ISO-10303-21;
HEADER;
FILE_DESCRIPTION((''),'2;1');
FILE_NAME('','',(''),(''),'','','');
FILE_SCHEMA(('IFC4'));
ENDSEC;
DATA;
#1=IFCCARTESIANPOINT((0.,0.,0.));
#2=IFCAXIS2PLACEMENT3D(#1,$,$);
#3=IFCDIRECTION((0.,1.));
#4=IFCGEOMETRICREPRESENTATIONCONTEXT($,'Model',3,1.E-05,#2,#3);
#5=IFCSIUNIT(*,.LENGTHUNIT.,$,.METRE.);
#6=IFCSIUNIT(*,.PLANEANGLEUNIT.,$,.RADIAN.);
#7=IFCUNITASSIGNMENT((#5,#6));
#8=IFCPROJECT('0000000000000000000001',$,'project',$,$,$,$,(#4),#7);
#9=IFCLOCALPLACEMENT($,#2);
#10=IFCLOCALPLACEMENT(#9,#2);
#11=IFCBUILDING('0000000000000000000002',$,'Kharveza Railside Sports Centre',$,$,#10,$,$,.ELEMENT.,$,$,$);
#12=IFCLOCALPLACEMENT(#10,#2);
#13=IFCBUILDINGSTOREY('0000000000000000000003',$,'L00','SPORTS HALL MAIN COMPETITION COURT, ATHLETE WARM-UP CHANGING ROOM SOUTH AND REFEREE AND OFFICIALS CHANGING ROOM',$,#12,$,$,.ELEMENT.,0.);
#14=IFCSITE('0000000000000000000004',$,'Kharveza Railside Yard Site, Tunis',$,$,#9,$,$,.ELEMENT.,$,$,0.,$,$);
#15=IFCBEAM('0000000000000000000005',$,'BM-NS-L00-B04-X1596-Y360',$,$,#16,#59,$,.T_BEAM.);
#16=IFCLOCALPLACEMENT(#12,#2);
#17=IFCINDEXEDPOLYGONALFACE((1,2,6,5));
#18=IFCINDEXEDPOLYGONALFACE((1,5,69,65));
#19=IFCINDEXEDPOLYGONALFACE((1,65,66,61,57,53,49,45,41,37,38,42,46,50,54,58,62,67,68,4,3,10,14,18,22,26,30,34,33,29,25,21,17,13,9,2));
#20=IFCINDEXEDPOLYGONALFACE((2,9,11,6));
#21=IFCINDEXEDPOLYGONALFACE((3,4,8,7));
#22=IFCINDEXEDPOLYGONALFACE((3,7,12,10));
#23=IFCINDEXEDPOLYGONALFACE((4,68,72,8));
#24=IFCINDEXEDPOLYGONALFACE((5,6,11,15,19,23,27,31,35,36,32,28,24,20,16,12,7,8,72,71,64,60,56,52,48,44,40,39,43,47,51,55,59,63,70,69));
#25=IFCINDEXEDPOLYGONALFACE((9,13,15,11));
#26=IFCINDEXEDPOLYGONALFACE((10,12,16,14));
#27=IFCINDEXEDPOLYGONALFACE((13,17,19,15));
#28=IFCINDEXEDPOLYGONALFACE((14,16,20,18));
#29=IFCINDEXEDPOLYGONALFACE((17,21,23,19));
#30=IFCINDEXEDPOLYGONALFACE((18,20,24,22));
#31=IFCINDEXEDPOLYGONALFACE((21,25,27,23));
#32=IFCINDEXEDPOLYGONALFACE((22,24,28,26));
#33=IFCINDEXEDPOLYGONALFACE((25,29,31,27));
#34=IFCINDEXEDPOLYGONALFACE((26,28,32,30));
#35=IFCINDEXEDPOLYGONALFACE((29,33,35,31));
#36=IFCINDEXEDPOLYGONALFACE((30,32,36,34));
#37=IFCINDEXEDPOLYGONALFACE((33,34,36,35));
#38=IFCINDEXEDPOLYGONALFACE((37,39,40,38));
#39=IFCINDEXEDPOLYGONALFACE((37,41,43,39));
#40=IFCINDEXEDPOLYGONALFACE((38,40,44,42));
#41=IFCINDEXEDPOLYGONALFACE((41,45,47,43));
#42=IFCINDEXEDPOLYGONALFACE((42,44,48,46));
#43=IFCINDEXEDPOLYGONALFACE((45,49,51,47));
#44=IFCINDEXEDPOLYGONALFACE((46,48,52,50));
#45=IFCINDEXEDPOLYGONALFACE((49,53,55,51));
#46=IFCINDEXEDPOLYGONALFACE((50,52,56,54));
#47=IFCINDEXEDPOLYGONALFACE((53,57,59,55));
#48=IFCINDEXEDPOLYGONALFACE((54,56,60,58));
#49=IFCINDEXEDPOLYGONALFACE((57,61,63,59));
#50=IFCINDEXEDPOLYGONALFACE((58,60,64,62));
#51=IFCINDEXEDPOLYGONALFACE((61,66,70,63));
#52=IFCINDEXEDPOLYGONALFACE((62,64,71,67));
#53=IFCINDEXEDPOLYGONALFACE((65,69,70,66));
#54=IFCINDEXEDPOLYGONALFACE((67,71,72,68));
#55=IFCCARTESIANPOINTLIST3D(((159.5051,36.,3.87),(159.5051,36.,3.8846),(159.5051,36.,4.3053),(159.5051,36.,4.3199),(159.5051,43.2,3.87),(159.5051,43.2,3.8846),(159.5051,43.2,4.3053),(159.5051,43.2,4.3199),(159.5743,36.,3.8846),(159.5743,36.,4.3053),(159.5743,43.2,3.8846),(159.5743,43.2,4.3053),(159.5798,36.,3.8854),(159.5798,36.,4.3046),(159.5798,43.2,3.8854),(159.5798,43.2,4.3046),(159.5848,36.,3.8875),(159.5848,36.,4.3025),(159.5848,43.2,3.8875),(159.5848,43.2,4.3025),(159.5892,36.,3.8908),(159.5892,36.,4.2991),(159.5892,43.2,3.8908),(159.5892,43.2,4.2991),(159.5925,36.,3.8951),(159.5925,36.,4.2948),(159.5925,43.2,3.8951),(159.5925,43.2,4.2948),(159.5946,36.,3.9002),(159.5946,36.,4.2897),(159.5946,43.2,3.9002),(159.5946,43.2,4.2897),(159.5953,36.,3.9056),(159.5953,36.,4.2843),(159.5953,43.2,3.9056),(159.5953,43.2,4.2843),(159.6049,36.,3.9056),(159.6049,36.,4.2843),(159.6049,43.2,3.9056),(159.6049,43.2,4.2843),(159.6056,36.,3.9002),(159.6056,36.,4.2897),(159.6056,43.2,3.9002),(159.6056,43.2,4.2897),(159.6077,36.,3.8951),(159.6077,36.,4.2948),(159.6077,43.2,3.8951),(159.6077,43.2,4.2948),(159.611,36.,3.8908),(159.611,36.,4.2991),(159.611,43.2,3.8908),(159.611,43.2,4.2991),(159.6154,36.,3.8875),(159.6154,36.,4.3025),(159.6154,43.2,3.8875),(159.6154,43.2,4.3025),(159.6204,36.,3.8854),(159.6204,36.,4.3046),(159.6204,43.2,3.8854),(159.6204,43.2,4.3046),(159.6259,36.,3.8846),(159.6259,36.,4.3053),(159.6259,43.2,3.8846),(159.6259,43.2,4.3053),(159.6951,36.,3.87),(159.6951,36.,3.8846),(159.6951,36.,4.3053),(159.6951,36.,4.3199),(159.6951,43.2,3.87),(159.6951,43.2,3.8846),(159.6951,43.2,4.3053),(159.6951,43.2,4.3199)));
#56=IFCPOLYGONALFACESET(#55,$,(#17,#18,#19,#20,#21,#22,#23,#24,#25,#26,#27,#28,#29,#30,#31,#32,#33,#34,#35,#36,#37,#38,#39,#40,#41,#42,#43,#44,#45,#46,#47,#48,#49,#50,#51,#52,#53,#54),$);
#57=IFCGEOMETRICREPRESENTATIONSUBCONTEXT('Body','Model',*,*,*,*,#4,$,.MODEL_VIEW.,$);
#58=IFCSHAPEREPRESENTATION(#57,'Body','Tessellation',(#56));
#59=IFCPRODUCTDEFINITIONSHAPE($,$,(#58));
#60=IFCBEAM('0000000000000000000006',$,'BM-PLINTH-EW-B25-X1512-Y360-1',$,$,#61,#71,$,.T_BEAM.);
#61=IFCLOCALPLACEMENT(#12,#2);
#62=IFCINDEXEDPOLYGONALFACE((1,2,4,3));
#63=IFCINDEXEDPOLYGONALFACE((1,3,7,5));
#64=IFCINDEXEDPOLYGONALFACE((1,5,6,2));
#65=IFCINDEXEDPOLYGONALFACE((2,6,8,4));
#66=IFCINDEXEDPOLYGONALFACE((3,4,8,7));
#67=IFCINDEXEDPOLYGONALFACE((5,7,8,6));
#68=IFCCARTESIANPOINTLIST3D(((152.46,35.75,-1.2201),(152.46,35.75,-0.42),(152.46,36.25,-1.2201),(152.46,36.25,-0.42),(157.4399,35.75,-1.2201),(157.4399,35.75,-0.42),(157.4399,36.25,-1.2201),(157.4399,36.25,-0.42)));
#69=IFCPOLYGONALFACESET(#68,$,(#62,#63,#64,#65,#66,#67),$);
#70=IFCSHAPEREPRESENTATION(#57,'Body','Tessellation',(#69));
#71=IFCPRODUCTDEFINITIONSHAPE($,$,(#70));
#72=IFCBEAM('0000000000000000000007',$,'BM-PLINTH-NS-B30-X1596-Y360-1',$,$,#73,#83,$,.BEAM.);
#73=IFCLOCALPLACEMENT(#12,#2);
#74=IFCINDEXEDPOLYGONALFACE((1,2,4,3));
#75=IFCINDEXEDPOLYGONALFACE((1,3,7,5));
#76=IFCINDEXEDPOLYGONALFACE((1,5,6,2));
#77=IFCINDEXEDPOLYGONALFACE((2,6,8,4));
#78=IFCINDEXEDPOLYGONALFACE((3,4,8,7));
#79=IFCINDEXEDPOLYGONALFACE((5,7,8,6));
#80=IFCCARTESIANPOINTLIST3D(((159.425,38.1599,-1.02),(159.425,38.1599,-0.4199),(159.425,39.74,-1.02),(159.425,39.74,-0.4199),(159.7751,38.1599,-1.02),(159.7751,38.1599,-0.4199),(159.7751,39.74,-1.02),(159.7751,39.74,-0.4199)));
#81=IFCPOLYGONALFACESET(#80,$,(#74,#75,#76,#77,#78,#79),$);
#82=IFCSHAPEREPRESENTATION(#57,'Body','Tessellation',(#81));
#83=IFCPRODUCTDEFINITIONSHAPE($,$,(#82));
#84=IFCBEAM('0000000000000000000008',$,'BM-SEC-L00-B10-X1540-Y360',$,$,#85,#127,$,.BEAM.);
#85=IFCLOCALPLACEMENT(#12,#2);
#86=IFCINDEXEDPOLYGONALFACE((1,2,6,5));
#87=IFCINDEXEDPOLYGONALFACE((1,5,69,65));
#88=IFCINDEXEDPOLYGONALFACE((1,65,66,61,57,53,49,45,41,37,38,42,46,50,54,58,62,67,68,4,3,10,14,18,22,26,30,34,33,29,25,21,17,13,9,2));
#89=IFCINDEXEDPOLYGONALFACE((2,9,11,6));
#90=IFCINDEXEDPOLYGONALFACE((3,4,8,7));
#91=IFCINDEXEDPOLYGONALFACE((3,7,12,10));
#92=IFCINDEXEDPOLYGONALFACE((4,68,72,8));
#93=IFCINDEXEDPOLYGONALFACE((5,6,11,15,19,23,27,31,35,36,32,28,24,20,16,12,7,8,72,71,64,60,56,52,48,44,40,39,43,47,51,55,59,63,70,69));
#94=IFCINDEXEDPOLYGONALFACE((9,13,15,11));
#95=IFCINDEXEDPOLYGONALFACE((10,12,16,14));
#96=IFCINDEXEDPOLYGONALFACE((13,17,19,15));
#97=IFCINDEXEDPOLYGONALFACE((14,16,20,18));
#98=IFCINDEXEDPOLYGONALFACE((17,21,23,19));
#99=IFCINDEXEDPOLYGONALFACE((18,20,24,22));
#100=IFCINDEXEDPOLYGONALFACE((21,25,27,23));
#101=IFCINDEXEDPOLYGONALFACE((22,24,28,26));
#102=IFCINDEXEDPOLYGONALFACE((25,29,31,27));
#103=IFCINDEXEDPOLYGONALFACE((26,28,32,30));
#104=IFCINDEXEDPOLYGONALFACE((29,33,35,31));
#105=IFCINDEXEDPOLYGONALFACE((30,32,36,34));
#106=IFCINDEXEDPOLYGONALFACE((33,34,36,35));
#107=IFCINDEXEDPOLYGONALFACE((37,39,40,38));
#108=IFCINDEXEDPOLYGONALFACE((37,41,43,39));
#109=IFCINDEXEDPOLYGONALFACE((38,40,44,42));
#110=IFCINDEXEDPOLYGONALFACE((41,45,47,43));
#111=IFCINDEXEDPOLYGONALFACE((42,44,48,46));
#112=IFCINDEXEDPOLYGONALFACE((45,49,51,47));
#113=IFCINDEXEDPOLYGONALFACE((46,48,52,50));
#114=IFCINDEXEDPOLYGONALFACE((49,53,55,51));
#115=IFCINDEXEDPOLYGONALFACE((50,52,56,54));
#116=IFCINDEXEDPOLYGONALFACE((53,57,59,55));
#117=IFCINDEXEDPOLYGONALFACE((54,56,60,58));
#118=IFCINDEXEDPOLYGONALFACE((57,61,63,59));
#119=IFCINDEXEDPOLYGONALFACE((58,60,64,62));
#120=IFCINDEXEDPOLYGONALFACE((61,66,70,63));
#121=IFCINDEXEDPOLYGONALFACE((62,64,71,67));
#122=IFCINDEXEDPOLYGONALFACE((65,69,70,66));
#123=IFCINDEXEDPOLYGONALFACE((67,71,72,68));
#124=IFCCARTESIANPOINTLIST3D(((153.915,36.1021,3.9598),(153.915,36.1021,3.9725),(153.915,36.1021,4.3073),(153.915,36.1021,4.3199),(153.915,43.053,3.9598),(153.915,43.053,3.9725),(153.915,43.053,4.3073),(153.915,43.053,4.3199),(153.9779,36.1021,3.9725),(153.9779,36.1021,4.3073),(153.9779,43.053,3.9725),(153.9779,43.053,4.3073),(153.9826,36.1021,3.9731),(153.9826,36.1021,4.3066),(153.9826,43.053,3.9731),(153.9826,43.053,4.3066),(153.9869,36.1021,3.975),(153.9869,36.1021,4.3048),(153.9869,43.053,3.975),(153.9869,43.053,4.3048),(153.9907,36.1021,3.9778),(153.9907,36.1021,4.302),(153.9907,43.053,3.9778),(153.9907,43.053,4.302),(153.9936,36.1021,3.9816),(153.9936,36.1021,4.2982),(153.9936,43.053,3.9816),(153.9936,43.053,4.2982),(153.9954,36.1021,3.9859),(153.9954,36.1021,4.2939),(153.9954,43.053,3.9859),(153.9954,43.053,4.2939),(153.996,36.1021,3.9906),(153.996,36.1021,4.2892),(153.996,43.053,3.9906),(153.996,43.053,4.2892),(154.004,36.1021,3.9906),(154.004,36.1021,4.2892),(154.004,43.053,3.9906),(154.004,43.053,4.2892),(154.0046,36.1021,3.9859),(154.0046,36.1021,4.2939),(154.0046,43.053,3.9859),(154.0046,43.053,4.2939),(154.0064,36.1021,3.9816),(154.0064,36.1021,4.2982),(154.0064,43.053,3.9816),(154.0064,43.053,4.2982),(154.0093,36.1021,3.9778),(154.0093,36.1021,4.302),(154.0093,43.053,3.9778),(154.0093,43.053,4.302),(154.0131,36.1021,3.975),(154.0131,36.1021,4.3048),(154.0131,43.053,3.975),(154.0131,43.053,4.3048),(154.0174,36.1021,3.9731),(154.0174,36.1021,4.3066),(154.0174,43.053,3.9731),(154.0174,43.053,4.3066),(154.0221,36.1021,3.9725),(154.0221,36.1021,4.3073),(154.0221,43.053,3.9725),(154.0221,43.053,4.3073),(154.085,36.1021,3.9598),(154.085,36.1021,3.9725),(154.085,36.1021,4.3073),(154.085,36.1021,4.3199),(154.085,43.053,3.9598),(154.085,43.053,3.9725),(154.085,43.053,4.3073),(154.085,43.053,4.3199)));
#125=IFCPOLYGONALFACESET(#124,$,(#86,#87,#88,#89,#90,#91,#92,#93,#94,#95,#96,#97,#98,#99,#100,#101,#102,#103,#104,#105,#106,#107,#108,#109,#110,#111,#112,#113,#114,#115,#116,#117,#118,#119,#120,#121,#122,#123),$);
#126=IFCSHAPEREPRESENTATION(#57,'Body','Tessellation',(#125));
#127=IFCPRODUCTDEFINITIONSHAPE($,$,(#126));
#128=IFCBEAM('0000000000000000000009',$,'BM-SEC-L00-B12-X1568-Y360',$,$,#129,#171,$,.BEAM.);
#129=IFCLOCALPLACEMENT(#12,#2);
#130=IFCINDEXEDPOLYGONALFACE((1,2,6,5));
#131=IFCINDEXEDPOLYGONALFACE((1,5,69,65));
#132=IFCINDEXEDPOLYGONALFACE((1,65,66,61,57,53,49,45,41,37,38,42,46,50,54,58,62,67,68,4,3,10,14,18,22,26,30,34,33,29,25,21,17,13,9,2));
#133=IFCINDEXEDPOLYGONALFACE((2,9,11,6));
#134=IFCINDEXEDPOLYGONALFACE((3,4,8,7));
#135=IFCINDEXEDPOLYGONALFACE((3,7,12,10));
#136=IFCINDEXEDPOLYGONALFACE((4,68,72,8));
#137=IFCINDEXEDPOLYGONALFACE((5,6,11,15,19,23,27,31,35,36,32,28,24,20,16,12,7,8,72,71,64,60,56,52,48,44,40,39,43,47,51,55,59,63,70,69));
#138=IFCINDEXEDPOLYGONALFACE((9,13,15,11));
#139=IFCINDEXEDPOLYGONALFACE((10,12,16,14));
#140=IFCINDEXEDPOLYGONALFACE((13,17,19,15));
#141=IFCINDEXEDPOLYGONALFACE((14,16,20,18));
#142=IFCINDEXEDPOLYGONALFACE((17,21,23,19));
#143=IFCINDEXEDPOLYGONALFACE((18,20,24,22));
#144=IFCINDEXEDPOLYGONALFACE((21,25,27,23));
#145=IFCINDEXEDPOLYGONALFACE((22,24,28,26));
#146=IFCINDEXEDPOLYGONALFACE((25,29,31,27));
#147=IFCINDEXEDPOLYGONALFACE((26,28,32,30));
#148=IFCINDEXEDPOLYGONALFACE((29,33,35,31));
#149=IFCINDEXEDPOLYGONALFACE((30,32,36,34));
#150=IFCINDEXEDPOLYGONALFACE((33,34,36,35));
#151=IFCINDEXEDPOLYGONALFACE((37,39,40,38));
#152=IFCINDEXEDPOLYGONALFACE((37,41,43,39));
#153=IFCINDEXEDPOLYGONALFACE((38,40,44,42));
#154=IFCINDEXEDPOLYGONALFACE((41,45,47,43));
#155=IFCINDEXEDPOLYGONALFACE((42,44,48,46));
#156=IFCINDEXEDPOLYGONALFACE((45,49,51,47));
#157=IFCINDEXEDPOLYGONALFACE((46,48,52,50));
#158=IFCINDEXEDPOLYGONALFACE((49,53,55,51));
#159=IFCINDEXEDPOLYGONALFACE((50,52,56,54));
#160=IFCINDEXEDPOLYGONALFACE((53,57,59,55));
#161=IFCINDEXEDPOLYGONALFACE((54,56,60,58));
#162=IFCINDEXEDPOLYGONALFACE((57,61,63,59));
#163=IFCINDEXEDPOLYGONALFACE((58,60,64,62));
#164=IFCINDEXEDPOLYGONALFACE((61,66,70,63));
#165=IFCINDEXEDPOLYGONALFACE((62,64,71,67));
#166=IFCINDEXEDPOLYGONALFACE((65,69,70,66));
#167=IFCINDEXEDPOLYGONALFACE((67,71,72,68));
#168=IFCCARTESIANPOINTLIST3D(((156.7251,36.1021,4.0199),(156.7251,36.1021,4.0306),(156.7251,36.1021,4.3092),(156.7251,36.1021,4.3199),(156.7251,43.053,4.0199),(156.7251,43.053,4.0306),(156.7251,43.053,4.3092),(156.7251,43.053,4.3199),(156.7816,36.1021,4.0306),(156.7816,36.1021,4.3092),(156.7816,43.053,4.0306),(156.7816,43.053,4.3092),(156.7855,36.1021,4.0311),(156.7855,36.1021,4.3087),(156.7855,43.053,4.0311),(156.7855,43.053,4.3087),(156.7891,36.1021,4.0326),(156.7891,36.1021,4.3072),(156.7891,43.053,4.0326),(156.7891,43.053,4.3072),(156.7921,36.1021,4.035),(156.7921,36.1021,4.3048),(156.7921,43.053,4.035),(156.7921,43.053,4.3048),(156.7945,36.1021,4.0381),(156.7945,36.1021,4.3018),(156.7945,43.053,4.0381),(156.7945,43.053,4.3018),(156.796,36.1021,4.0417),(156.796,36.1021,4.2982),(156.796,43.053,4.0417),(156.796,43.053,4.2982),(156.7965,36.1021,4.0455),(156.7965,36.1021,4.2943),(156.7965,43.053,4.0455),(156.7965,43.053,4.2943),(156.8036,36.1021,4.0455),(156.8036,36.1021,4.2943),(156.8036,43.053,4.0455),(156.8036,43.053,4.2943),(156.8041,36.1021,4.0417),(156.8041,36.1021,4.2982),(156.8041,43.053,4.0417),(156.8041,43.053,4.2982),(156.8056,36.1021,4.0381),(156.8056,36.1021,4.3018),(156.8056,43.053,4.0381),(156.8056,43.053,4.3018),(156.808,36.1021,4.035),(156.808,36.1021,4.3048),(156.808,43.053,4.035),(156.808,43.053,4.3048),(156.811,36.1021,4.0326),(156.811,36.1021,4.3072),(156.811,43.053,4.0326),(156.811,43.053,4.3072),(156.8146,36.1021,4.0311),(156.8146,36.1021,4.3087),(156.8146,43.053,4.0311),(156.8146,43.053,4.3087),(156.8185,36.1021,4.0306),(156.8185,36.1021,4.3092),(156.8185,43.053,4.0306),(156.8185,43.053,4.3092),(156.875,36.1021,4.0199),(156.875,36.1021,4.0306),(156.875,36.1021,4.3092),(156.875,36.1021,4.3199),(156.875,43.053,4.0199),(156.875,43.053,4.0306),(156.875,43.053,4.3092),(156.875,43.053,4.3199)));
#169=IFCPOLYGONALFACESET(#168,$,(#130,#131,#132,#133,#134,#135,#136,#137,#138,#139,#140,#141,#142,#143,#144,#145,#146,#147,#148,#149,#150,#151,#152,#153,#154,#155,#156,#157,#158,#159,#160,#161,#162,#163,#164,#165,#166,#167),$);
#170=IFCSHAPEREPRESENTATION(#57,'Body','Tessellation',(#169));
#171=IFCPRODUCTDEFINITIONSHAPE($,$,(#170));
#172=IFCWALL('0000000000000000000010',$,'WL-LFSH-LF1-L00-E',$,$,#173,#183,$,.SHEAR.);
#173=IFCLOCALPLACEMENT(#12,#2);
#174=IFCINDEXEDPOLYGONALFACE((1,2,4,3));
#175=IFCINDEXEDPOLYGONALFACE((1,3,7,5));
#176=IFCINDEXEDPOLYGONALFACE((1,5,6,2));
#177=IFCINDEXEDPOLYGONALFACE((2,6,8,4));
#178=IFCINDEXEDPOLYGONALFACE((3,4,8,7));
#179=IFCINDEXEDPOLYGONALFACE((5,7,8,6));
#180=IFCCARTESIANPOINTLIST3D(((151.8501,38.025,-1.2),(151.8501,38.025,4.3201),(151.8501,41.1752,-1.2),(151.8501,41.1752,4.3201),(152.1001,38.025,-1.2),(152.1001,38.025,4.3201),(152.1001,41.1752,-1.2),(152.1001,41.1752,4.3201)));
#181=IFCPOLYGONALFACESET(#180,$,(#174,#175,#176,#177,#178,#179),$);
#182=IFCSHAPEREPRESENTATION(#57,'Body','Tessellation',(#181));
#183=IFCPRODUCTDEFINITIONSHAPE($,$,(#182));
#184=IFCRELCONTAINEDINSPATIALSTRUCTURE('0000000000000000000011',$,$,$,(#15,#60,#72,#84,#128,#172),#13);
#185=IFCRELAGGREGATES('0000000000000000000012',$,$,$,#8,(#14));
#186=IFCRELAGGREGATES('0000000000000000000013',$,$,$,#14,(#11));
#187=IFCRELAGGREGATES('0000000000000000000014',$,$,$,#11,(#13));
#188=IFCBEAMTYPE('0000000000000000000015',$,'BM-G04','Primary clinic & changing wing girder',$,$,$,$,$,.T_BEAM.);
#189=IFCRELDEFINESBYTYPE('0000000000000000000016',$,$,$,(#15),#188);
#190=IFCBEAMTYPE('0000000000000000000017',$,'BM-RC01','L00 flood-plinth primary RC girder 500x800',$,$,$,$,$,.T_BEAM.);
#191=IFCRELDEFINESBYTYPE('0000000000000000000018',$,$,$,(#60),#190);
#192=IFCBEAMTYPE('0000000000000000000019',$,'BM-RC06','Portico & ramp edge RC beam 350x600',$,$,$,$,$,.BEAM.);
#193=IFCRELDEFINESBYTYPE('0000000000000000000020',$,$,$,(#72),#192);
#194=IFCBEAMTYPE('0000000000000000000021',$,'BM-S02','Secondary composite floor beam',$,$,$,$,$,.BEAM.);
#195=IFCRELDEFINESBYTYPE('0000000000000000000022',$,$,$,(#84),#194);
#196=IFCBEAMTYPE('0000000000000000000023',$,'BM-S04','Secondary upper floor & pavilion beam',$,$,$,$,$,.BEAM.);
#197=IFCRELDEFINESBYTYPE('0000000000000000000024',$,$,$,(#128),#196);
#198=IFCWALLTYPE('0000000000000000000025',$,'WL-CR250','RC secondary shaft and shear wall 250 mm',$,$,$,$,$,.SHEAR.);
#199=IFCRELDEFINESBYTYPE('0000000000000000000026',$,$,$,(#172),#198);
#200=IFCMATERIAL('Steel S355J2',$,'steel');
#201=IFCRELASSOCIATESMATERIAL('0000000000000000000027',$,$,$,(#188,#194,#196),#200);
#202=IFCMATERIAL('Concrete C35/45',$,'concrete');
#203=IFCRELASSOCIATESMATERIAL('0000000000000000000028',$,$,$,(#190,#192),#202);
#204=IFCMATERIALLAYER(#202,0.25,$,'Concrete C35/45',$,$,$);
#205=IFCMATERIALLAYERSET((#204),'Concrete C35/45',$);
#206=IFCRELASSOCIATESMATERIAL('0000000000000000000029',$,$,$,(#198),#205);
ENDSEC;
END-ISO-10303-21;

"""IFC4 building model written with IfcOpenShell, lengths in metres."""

from ifc_helpers import new_model, si_unit, direction, frame, frame_2d, origin, origin_2d, place, context, subcontext, project, spatial, rectangle, i_section, extrude, material, layer, layer_set, material_profile, profile_set, type_object, element, save


model = new_model("IFC4")

# Units and contexts
model_context = context("Model", 3, precision=1e-05, world=origin(), true_north=direction((0.0, 1.0)))
body_context = subcontext(model_context, "Body", "Model", "MODEL_VIEW")
ifc_project = project(units=[si_unit("LENGTHUNIT", "METRE"), si_unit("PLANEANGLEUNIT", "RADIAN")], contexts=[model_context])

# Site, building, storey
site_placement = place(None, origin())
site = spatial("IfcSite", under=ifc_project, at=site_placement, Name="Kharveza Railside Yard Site, Tunis", CompositionType="ELEMENT", RefElevation=0.0)
building_placement = place(site_placement, origin())
building = spatial("IfcBuilding", under=site, at=building_placement, Name="Kharveza Railside Sports Centre", CompositionType="ELEMENT")
storey_placement = place(building_placement, origin())
storey = spatial("IfcBuildingStorey", under=building, at=storey_placement, Name="L00", Description="SPORTS HALL MAIN COMPETITION COURT, ATHLETE WARM-UP CHANGING ROOM SOUTH AND REFEREE AND OFFICIALS CHANGING ROOM", CompositionType="ELEMENT", Elevation=0.0)

# Shared definitions
ifc_material_1 = material(Name="Concrete C35/45", Category="concrete")

# Shared definitions
ifc_material_2 = material(Name="Steel S355J2", Category="steel")

# Beams
ifc_material_profile_1 = material_profile(ifc_material_2, i_section(OverallWidth=0.1899, OverallDepth=0.45, WebThickness=0.0095, FlangeThickness=0.0146, FilletRadius=0.021, at=origin_2d()), Name="IPE 450")
ifc_profile_set_1 = profile_set([ifc_material_profile_1], Name="Steel S355J2")
beam_type_1 = type_object("IfcBeamType", Name="BM-G04", Description="Primary clinic & changing wing girder", PredefinedType="T_BEAM", material=ifc_profile_set_1)
beam_1_placement = place(storey_placement, frame((159.6001, 36.0, 4.095), z_axis=(0.0, 1.0, 0.0), x_axis=(-1.0, 0.0, 0.0)))
element("IfcBeam", 1, at=beam_1_placement, inside=storey, type_object=beam_type_1, Name="BM-NS-L00-B04-X1596-Y360", PredefinedType="T_BEAM", context=body_context, shape_type="SweptSolid", body=[
    extrude(i_section(OverallWidth=0.1899, OverallDepth=0.45, WebThickness=0.0095, FlangeThickness=0.0146, FilletRadius=0.021, at=origin_2d()), origin(), (0.0, 0.0, 1.0), 7.2),
])
ifc_material_profile_2 = material_profile(ifc_material_1, rectangle(XDim=0.5, YDim=0.8, at=origin_2d()), Name="RCB 500x800")
ifc_profile_set_2 = profile_set([ifc_material_profile_2], Name="Concrete C35/45")
beam_type_2 = type_object("IfcBeamType", Name="BM-RC01", Description="L00 flood-plinth primary RC girder 500x800", PredefinedType="T_BEAM", material=ifc_profile_set_2)
beam_2_placement = place(storey_placement, frame((152.46, 36.0, -0.8201), z_axis=(1.0, 0.0, 0.0), x_axis=(0.0, 1.0, 0.0)))
element("IfcBeam", 2, at=beam_2_placement, inside=storey, type_object=beam_type_2, Name="BM-PLINTH-EW-B25-X1512-Y360-1", PredefinedType="T_BEAM", context=body_context, shape_type="SweptSolid", body=[
    extrude(rectangle(XDim=0.5, YDim=0.8, at=origin_2d()), origin(), (0.0, 0.0, 1.0), 4.98),
])
ifc_material_profile_3 = material_profile(ifc_material_1, rectangle(XDim=0.3501, YDim=0.6001, at=origin_2d()), Name="RCB 350x600")
ifc_profile_set_3 = profile_set([ifc_material_profile_3], Name="Concrete C35/45")
beam_type_3 = type_object("IfcBeamType", Name="BM-RC06", Description="Portico & ramp edge RC beam 350x600", PredefinedType="BEAM", material=ifc_profile_set_3)
beam_3_placement = place(storey_placement, frame((159.6001, 38.1599, -0.72), z_axis=(0.0, 1.0, 0.0), x_axis=(-1.0, 0.0, 0.0)))
element("IfcBeam", 3, at=beam_3_placement, inside=storey, type_object=beam_type_3, Name="BM-PLINTH-NS-B30-X1596-Y360-1", PredefinedType="BEAM", context=body_context, shape_type="SweptSolid", body=[
    extrude(rectangle(XDim=0.3501, YDim=0.6001, at=origin_2d()), origin(), (0.0, 0.0, 1.0), 1.5801),
])
ifc_material_profile_4 = material_profile(ifc_material_2, i_section(OverallWidth=0.1699, OverallDepth=0.3601, WebThickness=0.0081, FlangeThickness=0.0127, FilletRadius=0.0181, at=origin_2d()), Name="IPE 360")
ifc_profile_set_4 = profile_set([ifc_material_profile_4], Name="Steel S355J2")
beam_type_4 = type_object("IfcBeamType", Name="BM-S02", Description="Secondary composite floor beam", PredefinedType="BEAM", material=ifc_profile_set_4)
beam_4_placement = place(storey_placement, frame((154.0, 36.1021, 4.1399), z_axis=(0.0, 1.0, 0.0), x_axis=(-1.0, 0.0, 0.0)))
element("IfcBeam", 4, at=beam_4_placement, inside=storey, type_object=beam_type_4, Name="BM-SEC-L00-B10-X1540-Y360", PredefinedType="BEAM", context=body_context, shape_type="SweptSolid", body=[
    extrude(i_section(OverallWidth=0.1699, OverallDepth=0.3601, WebThickness=0.0081, FlangeThickness=0.0127, FilletRadius=0.0181, at=origin_2d()), origin(), (0.0, 0.0, 1.0), 6.9509),
])
ifc_material_profile_5 = material_profile(ifc_material_2, i_section(OverallWidth=0.1499, OverallDepth=0.3, WebThickness=0.0071, FlangeThickness=0.0107, FilletRadius=0.0149, at=origin_2d()), Name="IPE 300")
ifc_profile_set_5 = profile_set([ifc_material_profile_5], Name="Steel S355J2")
beam_type_5 = type_object("IfcBeamType", Name="BM-S04", Description="Secondary upper floor & pavilion beam", PredefinedType="BEAM", material=ifc_profile_set_5)
beam_5_placement = place(storey_placement, frame((156.8, 36.1021, 4.1699), z_axis=(0.0, 1.0, 0.0), x_axis=(-1.0, 0.0, 0.0)))
element("IfcBeam", 5, at=beam_5_placement, inside=storey, type_object=beam_type_5, Name="BM-SEC-L00-B12-X1568-Y360", PredefinedType="BEAM", context=body_context, shape_type="SweptSolid", body=[
    extrude(i_section(OverallWidth=0.1499, OverallDepth=0.3, WebThickness=0.0071, FlangeThickness=0.0107, FilletRadius=0.0149, at=origin_2d()), origin(), (0.0, 0.0, 1.0), 6.9509),
])

# Wall
ifc_layer = layer(ifc_material_1, 0.25, Name="Concrete C35/45")
ifc_layer_set = layer_set([ifc_layer], Name="Concrete C35/45")
wall_type = type_object("IfcWallType", Name="WL-CR250", Description="RC secondary shaft and shear wall 250 mm", PredefinedType="SHEAR", material=ifc_layer_set)
wall_1_placement = place(storey_placement, frame((151.9751, 38.0249, -1.2), z_axis=(0.0, 0.0, 1.0), x_axis=(0.0, 1.0, 0.0)))
element("IfcWall", 6, at=wall_1_placement, inside=storey, type_object=wall_type, Name="WL-LFSH-LF1-L00-E", PredefinedType="SHEAR", context=body_context, shape_type="SweptSolid", body=[
    extrude(rectangle(XDim=3.1501, YDim=0.25, at=frame_2d((1.5752, 0.0))), origin(), (0.0, 0.0, 1.0), 5.52),
])

save(model, "model.ifc")
